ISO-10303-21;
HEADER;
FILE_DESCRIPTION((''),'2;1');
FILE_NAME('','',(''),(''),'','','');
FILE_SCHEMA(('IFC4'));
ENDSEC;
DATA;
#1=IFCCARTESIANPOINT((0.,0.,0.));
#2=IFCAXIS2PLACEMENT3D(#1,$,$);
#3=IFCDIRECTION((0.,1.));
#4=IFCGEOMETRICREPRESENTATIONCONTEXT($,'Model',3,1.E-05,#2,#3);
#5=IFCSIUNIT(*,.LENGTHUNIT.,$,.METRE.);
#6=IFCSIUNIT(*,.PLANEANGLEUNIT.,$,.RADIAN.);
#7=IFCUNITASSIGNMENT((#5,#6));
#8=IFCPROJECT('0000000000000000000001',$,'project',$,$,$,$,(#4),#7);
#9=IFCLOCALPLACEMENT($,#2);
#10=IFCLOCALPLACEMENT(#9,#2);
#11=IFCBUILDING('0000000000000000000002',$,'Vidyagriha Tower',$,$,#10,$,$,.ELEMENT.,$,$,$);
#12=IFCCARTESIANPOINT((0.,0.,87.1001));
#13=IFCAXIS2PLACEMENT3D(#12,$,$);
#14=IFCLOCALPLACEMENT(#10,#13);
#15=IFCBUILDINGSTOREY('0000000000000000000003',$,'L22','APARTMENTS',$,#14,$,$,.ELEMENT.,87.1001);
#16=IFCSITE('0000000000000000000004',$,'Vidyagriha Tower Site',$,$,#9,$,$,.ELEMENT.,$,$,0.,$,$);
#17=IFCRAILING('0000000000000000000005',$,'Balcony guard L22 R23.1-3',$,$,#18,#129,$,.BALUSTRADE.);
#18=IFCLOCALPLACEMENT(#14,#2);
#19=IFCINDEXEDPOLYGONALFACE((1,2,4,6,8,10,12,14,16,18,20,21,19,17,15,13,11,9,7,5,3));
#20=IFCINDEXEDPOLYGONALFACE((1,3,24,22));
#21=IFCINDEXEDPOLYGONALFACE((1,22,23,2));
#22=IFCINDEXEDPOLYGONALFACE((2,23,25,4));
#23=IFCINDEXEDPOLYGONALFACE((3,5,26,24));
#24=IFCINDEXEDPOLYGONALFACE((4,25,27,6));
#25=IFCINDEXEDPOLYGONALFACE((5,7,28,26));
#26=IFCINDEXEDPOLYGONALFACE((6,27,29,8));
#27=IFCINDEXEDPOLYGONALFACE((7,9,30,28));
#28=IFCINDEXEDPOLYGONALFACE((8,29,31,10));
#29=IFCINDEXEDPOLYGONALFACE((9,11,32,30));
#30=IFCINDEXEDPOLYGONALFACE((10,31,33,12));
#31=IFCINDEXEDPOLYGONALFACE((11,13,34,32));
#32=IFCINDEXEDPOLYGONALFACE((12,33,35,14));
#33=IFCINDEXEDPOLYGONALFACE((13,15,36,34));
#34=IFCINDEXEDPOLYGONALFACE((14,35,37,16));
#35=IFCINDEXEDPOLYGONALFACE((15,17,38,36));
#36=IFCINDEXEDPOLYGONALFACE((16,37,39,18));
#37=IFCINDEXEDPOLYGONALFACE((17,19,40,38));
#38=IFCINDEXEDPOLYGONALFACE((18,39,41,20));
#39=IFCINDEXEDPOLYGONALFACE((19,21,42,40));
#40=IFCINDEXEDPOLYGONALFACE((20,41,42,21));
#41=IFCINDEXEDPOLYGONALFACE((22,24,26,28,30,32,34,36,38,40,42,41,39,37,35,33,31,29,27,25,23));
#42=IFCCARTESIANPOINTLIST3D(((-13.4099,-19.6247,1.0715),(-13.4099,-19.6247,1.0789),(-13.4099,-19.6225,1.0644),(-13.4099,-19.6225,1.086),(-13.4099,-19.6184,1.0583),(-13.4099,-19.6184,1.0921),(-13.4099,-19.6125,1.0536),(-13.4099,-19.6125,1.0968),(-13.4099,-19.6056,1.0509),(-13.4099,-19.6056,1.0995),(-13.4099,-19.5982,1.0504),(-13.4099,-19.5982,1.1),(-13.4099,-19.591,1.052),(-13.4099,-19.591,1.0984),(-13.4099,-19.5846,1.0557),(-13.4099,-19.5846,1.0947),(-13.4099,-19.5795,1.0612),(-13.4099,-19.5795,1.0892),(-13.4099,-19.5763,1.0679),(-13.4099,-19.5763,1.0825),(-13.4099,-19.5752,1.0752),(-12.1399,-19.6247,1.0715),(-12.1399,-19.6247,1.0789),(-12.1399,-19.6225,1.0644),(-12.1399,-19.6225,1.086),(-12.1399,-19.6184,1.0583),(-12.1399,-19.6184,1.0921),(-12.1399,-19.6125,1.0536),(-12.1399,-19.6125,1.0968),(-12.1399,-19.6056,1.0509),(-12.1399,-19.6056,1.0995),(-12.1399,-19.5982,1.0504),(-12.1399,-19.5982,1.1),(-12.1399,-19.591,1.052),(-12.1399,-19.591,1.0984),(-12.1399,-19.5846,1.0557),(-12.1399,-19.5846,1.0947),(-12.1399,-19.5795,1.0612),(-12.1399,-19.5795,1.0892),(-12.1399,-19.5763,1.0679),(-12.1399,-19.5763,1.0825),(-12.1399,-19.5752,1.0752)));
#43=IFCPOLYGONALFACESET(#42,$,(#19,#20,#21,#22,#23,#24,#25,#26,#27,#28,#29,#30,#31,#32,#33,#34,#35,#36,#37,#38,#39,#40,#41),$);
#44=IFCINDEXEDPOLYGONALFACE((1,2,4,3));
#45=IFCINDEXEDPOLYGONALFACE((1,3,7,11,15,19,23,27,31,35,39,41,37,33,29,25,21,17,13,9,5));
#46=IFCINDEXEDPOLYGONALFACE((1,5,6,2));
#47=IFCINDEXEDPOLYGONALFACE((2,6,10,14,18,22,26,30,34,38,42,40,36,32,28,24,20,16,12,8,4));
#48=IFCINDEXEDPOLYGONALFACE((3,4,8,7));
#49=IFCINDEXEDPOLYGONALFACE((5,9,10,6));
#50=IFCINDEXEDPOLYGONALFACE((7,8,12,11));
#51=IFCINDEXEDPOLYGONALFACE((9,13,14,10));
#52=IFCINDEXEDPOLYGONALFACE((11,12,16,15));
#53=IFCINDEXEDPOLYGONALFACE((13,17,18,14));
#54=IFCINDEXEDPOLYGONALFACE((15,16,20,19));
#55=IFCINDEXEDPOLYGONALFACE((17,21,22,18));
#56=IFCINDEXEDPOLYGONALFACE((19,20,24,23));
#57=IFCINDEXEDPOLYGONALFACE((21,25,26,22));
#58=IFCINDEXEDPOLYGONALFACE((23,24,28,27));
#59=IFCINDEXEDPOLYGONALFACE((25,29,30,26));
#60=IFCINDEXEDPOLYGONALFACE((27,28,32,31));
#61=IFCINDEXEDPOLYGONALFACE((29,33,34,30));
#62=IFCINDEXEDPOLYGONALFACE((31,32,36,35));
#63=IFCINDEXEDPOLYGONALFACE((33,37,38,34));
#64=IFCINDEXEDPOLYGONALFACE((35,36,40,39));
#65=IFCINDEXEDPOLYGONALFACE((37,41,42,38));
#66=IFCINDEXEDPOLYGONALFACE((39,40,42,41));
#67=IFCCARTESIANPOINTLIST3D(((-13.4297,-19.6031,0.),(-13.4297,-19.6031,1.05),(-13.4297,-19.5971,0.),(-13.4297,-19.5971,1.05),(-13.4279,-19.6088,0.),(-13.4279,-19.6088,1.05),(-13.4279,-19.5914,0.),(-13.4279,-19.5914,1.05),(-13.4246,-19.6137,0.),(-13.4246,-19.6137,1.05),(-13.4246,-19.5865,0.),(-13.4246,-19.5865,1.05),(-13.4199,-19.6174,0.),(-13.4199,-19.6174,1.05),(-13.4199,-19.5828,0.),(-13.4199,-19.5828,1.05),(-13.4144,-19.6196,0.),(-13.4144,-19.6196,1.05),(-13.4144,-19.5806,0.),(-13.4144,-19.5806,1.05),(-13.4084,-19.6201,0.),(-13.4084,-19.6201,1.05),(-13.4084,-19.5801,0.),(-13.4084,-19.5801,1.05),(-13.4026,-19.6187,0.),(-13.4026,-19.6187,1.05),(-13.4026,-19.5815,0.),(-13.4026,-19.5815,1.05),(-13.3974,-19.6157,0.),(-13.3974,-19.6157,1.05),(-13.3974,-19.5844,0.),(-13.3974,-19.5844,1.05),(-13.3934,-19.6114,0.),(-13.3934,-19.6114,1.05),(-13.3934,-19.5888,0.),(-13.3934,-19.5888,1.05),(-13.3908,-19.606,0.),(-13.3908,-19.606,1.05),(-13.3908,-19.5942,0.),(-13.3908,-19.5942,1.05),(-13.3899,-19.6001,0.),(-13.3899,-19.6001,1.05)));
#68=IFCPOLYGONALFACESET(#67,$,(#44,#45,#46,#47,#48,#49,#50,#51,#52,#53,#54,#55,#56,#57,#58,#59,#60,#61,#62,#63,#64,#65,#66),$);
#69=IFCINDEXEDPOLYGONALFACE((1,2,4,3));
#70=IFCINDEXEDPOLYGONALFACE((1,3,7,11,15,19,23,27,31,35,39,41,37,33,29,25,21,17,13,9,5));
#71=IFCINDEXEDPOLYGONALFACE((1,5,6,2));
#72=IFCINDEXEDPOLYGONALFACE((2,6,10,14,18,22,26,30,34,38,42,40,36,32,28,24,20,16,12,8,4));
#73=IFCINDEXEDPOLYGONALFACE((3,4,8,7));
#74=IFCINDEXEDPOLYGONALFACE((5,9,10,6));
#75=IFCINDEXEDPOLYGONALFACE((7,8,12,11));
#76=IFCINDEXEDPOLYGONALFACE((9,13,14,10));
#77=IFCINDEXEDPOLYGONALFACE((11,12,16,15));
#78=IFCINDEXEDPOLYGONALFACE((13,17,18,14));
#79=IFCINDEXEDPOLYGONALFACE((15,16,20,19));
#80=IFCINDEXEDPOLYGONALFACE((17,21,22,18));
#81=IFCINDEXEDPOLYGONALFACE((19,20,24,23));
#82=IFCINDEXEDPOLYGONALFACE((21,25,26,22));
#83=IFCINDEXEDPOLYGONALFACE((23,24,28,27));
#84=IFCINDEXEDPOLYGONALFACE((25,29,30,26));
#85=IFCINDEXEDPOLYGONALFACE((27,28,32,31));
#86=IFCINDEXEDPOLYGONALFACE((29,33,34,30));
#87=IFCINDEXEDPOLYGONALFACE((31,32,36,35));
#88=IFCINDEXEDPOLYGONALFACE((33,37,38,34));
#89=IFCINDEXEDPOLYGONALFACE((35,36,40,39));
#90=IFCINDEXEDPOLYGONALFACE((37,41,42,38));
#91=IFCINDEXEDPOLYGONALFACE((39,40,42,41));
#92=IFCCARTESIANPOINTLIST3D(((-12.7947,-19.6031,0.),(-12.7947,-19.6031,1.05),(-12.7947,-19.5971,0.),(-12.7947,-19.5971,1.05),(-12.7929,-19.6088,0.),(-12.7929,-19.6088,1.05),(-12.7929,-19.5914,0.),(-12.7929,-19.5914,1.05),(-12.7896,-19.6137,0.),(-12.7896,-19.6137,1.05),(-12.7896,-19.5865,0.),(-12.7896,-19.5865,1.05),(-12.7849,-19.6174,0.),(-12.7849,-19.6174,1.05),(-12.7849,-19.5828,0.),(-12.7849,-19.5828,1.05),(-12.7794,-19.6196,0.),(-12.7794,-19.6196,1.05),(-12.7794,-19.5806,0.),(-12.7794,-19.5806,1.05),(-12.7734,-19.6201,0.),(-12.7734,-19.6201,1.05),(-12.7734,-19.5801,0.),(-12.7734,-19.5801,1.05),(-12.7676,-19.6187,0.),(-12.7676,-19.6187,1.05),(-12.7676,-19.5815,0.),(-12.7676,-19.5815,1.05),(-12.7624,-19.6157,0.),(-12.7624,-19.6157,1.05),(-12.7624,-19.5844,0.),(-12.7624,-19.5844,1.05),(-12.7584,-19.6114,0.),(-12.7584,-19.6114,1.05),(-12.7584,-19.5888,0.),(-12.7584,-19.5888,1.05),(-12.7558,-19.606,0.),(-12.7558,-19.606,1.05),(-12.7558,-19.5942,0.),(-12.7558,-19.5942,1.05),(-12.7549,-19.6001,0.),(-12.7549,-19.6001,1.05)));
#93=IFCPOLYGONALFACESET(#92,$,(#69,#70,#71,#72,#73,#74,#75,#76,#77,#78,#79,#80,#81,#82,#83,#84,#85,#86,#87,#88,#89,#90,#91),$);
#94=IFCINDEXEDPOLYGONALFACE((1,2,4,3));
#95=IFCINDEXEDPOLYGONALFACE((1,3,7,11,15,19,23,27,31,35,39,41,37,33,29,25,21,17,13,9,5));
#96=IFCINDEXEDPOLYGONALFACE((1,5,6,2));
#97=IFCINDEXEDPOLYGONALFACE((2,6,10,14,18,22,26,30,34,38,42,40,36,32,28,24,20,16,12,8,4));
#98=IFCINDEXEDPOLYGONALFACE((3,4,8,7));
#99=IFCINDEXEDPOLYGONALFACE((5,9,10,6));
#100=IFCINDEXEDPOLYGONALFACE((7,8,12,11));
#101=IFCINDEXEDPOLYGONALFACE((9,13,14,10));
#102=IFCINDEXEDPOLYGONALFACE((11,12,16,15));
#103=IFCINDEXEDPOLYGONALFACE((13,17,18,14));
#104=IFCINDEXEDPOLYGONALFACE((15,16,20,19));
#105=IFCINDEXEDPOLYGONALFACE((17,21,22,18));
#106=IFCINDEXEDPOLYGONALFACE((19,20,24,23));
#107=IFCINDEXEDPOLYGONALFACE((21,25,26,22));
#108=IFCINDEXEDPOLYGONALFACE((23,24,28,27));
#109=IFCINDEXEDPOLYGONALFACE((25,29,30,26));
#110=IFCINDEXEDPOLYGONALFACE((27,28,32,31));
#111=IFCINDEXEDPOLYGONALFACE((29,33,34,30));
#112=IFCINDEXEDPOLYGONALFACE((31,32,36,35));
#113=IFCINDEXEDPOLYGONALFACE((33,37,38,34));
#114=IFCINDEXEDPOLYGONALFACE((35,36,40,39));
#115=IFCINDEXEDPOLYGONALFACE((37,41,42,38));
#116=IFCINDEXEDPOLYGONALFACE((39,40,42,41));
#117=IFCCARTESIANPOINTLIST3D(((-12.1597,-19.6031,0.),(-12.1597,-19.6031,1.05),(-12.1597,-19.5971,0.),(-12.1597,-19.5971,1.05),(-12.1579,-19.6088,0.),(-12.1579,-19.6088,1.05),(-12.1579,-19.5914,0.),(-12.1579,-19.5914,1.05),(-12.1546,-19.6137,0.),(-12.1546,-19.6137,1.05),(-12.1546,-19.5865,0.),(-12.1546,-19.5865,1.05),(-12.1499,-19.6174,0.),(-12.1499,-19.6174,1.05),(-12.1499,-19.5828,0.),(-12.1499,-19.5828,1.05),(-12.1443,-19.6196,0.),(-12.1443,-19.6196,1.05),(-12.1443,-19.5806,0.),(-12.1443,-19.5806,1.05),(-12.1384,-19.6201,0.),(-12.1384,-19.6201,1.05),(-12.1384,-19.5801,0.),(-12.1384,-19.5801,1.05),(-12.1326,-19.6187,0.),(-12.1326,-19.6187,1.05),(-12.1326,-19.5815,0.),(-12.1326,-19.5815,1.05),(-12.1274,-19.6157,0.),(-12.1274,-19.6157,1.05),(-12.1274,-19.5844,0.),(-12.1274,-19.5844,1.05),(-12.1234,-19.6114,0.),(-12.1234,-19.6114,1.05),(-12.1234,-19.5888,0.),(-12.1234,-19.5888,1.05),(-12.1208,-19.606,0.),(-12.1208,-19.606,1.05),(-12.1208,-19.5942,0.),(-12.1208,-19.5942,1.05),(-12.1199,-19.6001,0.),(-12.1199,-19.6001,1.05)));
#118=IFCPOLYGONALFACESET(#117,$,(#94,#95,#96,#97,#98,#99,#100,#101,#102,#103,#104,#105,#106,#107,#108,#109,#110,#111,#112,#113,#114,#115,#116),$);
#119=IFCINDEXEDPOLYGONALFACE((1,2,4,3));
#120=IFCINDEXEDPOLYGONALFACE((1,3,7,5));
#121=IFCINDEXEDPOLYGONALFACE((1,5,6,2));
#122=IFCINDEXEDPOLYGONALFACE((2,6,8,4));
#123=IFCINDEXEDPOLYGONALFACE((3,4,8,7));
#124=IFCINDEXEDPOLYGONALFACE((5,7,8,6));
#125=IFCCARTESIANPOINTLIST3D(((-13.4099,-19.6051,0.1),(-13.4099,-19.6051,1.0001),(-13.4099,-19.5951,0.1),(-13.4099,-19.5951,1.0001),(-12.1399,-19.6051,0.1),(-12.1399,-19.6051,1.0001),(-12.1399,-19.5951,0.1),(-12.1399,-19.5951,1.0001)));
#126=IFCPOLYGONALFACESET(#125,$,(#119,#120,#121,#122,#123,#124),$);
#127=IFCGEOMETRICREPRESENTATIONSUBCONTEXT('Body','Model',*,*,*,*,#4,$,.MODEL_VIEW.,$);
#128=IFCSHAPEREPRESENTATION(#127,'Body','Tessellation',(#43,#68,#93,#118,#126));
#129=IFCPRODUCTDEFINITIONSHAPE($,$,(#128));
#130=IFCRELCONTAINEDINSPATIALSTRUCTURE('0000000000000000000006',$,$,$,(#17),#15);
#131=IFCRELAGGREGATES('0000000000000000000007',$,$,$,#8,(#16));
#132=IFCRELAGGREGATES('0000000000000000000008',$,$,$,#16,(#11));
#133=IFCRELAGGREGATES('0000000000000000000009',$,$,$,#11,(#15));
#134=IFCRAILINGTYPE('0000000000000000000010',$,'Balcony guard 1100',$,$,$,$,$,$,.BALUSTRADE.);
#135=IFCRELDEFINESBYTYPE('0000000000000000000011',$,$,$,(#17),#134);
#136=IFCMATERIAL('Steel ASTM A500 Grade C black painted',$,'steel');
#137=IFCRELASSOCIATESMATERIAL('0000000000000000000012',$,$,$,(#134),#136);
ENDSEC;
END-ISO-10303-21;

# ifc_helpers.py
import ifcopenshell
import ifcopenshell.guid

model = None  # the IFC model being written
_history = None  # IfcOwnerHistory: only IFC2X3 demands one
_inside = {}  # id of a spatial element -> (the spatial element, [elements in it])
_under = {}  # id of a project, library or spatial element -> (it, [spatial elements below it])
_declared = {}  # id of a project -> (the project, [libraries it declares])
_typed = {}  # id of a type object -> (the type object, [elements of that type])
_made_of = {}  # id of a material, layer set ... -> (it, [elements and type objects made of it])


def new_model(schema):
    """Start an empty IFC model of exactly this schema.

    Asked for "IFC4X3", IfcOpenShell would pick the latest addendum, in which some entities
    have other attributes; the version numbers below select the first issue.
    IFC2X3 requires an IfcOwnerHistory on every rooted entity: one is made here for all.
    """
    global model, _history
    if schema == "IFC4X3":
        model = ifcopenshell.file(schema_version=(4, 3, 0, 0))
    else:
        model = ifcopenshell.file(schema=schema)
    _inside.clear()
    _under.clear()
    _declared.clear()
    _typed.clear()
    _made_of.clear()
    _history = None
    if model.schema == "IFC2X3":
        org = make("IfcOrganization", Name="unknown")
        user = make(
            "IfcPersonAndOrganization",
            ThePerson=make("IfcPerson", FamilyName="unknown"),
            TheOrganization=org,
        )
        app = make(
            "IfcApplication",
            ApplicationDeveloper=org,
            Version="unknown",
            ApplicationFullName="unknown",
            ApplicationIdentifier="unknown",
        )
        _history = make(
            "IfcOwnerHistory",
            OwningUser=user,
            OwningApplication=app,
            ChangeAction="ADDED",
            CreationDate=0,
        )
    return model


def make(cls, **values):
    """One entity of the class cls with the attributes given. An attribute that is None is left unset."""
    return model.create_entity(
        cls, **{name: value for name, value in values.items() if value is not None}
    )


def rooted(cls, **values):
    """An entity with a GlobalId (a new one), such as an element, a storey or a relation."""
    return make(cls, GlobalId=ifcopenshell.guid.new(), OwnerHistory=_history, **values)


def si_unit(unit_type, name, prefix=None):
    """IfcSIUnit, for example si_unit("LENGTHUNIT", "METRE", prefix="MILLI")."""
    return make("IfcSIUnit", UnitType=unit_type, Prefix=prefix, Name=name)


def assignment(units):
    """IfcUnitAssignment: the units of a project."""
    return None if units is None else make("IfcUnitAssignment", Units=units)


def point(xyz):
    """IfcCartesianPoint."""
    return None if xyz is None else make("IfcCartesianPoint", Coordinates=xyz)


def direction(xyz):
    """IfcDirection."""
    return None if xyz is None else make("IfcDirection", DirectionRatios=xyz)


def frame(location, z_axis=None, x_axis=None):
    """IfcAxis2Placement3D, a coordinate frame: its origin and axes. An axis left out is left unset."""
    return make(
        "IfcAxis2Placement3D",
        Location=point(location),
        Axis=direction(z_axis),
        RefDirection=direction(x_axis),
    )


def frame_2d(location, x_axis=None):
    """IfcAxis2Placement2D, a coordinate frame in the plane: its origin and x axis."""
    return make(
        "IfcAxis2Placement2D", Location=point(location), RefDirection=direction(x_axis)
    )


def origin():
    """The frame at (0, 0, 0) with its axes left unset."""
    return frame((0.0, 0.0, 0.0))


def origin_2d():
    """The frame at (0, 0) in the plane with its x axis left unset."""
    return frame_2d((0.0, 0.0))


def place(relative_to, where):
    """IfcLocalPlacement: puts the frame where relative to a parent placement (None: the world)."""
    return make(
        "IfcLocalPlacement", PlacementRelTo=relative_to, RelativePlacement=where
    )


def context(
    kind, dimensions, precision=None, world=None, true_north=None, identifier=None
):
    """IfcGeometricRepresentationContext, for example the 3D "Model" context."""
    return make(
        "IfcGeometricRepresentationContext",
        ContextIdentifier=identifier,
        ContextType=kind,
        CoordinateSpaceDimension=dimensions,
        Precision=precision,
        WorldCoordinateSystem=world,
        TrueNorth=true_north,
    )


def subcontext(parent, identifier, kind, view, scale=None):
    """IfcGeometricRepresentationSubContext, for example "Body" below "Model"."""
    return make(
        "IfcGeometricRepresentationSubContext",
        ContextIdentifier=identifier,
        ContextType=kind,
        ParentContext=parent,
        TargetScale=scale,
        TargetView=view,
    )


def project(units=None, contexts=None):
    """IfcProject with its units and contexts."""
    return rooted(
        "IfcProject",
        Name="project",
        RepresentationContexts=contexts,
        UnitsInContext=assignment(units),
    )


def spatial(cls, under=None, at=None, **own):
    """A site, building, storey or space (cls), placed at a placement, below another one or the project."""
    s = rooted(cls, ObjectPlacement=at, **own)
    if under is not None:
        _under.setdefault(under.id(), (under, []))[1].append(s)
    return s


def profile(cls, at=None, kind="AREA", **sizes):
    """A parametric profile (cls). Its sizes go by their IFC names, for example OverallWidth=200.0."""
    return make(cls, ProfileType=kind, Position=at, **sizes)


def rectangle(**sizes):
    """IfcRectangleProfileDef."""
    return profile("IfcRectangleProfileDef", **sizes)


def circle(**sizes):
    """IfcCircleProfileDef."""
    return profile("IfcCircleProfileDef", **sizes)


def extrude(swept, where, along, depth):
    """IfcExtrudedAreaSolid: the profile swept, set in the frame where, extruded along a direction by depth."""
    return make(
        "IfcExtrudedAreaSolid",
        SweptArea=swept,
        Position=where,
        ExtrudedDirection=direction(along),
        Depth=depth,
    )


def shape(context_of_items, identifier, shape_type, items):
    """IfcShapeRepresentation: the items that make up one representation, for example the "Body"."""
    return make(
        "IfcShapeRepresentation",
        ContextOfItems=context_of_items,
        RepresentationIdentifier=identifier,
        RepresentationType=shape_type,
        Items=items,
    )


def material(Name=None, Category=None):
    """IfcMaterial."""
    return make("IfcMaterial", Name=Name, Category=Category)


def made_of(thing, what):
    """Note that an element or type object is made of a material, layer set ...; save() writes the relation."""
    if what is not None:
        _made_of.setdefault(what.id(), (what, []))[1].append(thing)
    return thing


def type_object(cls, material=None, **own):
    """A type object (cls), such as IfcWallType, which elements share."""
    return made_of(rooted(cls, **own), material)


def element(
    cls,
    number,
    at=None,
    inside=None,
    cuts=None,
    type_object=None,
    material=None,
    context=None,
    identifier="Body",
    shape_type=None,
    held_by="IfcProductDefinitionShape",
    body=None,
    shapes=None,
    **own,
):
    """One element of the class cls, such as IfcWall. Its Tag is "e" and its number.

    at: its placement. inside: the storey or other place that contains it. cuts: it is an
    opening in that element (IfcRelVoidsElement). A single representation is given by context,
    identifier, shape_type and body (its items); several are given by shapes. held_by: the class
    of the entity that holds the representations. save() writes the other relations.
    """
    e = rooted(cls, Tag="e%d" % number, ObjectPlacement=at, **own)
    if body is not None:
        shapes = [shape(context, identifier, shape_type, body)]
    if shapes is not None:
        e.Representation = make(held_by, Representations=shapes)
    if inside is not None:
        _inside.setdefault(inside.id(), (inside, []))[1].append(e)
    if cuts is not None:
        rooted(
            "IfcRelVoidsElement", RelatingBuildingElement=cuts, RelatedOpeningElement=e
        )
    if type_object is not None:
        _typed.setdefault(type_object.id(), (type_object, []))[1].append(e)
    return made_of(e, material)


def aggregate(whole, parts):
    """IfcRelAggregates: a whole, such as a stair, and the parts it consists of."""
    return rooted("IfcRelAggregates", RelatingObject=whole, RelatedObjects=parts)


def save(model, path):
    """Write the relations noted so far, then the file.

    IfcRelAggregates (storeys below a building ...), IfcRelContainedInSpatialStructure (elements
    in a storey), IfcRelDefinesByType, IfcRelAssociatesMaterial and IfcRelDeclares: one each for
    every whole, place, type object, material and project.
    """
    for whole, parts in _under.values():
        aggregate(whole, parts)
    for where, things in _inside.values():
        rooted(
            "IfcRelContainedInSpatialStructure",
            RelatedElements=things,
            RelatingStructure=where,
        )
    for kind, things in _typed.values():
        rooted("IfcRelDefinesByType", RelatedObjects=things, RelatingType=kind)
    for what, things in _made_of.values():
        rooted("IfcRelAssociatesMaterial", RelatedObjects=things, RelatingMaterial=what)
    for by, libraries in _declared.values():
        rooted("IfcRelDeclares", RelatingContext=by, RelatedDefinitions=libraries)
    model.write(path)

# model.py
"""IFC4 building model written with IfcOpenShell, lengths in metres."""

from ifc_helpers import new_model, si_unit, direction, frame, origin, origin_2d, place, context, subcontext, project, spatial, rectangle, circle, extrude, material, type_object, element, save


model = new_model("IFC4")

# Units and contexts
model_context = context("Model", 3, precision=1e-05, world=origin(), true_north=direction((0.0, 1.0)))
body_context = subcontext(model_context, "Body", "Model", "MODEL_VIEW")
ifc_project = project(units=[si_unit("LENGTHUNIT", "METRE"), si_unit("PLANEANGLEUNIT", "RADIAN")], contexts=[model_context])

# Site, building, storey
site_placement = place(None, origin())
site = spatial("IfcSite", under=ifc_project, at=site_placement, Name="Vidyagriha Tower Site", CompositionType="ELEMENT", RefElevation=0.0)
building_placement = place(site_placement, origin())
building = spatial("IfcBuilding", under=site, at=building_placement, Name="Vidyagriha Tower", CompositionType="ELEMENT")
storey_placement = place(building_placement, frame((0.0, 0.0, 87.1001)))
storey = spatial("IfcBuildingStorey", under=building, at=storey_placement, Name="L22", Description="APARTMENTS", CompositionType="ELEMENT", Elevation=87.1001)

# Railing
ifc_material_1 = material(Name="Steel ASTM A500 Grade C black painted", Category="steel")
railing_type = type_object("IfcRailingType", Name="Balcony guard 1100", PredefinedType="BALUSTRADE", material=ifc_material_1)
railing_placement = place(storey_placement, frame((-13.4099, -19.6001, 0.0)))
element("IfcRailing", 1, at=railing_placement, inside=storey, type_object=railing_type, Name="Balcony guard L22 R23.1-3", PredefinedType="BALUSTRADE", context=body_context, shape_type="SweptSolid", body=[
    extrude(circle(Radius=0.0249, at=origin_2d()), frame((0.0, 0.0, 1.0752), z_axis=(1.0, 0.0, 0.0), x_axis=(0.0, 1.0, 0.0)), (0.0, 0.0, 1.0), 1.27),
    extrude(circle(Radius=0.02, at=origin_2d()), origin(), (0.0, 0.0, 1.0), 1.05),
    extrude(circle(Radius=0.02, at=origin_2d()), frame((0.635, 0.0, 0.0)), (0.0, 0.0, 1.0), 1.05),
    extrude(circle(Radius=0.02, at=origin_2d()), frame((1.27, 0.0, 0.0)), (0.0, 0.0, 1.0), 1.05),
    extrude(rectangle(XDim=0.01, YDim=0.9001, at=origin_2d()), frame((0.0, 0.0, 0.55), z_axis=(1.0, 0.0, 0.0), x_axis=(0.0, 1.0, 0.0)), (0.0, 0.0, 1.0), 1.27),
])

save(model, "model.ifc")
